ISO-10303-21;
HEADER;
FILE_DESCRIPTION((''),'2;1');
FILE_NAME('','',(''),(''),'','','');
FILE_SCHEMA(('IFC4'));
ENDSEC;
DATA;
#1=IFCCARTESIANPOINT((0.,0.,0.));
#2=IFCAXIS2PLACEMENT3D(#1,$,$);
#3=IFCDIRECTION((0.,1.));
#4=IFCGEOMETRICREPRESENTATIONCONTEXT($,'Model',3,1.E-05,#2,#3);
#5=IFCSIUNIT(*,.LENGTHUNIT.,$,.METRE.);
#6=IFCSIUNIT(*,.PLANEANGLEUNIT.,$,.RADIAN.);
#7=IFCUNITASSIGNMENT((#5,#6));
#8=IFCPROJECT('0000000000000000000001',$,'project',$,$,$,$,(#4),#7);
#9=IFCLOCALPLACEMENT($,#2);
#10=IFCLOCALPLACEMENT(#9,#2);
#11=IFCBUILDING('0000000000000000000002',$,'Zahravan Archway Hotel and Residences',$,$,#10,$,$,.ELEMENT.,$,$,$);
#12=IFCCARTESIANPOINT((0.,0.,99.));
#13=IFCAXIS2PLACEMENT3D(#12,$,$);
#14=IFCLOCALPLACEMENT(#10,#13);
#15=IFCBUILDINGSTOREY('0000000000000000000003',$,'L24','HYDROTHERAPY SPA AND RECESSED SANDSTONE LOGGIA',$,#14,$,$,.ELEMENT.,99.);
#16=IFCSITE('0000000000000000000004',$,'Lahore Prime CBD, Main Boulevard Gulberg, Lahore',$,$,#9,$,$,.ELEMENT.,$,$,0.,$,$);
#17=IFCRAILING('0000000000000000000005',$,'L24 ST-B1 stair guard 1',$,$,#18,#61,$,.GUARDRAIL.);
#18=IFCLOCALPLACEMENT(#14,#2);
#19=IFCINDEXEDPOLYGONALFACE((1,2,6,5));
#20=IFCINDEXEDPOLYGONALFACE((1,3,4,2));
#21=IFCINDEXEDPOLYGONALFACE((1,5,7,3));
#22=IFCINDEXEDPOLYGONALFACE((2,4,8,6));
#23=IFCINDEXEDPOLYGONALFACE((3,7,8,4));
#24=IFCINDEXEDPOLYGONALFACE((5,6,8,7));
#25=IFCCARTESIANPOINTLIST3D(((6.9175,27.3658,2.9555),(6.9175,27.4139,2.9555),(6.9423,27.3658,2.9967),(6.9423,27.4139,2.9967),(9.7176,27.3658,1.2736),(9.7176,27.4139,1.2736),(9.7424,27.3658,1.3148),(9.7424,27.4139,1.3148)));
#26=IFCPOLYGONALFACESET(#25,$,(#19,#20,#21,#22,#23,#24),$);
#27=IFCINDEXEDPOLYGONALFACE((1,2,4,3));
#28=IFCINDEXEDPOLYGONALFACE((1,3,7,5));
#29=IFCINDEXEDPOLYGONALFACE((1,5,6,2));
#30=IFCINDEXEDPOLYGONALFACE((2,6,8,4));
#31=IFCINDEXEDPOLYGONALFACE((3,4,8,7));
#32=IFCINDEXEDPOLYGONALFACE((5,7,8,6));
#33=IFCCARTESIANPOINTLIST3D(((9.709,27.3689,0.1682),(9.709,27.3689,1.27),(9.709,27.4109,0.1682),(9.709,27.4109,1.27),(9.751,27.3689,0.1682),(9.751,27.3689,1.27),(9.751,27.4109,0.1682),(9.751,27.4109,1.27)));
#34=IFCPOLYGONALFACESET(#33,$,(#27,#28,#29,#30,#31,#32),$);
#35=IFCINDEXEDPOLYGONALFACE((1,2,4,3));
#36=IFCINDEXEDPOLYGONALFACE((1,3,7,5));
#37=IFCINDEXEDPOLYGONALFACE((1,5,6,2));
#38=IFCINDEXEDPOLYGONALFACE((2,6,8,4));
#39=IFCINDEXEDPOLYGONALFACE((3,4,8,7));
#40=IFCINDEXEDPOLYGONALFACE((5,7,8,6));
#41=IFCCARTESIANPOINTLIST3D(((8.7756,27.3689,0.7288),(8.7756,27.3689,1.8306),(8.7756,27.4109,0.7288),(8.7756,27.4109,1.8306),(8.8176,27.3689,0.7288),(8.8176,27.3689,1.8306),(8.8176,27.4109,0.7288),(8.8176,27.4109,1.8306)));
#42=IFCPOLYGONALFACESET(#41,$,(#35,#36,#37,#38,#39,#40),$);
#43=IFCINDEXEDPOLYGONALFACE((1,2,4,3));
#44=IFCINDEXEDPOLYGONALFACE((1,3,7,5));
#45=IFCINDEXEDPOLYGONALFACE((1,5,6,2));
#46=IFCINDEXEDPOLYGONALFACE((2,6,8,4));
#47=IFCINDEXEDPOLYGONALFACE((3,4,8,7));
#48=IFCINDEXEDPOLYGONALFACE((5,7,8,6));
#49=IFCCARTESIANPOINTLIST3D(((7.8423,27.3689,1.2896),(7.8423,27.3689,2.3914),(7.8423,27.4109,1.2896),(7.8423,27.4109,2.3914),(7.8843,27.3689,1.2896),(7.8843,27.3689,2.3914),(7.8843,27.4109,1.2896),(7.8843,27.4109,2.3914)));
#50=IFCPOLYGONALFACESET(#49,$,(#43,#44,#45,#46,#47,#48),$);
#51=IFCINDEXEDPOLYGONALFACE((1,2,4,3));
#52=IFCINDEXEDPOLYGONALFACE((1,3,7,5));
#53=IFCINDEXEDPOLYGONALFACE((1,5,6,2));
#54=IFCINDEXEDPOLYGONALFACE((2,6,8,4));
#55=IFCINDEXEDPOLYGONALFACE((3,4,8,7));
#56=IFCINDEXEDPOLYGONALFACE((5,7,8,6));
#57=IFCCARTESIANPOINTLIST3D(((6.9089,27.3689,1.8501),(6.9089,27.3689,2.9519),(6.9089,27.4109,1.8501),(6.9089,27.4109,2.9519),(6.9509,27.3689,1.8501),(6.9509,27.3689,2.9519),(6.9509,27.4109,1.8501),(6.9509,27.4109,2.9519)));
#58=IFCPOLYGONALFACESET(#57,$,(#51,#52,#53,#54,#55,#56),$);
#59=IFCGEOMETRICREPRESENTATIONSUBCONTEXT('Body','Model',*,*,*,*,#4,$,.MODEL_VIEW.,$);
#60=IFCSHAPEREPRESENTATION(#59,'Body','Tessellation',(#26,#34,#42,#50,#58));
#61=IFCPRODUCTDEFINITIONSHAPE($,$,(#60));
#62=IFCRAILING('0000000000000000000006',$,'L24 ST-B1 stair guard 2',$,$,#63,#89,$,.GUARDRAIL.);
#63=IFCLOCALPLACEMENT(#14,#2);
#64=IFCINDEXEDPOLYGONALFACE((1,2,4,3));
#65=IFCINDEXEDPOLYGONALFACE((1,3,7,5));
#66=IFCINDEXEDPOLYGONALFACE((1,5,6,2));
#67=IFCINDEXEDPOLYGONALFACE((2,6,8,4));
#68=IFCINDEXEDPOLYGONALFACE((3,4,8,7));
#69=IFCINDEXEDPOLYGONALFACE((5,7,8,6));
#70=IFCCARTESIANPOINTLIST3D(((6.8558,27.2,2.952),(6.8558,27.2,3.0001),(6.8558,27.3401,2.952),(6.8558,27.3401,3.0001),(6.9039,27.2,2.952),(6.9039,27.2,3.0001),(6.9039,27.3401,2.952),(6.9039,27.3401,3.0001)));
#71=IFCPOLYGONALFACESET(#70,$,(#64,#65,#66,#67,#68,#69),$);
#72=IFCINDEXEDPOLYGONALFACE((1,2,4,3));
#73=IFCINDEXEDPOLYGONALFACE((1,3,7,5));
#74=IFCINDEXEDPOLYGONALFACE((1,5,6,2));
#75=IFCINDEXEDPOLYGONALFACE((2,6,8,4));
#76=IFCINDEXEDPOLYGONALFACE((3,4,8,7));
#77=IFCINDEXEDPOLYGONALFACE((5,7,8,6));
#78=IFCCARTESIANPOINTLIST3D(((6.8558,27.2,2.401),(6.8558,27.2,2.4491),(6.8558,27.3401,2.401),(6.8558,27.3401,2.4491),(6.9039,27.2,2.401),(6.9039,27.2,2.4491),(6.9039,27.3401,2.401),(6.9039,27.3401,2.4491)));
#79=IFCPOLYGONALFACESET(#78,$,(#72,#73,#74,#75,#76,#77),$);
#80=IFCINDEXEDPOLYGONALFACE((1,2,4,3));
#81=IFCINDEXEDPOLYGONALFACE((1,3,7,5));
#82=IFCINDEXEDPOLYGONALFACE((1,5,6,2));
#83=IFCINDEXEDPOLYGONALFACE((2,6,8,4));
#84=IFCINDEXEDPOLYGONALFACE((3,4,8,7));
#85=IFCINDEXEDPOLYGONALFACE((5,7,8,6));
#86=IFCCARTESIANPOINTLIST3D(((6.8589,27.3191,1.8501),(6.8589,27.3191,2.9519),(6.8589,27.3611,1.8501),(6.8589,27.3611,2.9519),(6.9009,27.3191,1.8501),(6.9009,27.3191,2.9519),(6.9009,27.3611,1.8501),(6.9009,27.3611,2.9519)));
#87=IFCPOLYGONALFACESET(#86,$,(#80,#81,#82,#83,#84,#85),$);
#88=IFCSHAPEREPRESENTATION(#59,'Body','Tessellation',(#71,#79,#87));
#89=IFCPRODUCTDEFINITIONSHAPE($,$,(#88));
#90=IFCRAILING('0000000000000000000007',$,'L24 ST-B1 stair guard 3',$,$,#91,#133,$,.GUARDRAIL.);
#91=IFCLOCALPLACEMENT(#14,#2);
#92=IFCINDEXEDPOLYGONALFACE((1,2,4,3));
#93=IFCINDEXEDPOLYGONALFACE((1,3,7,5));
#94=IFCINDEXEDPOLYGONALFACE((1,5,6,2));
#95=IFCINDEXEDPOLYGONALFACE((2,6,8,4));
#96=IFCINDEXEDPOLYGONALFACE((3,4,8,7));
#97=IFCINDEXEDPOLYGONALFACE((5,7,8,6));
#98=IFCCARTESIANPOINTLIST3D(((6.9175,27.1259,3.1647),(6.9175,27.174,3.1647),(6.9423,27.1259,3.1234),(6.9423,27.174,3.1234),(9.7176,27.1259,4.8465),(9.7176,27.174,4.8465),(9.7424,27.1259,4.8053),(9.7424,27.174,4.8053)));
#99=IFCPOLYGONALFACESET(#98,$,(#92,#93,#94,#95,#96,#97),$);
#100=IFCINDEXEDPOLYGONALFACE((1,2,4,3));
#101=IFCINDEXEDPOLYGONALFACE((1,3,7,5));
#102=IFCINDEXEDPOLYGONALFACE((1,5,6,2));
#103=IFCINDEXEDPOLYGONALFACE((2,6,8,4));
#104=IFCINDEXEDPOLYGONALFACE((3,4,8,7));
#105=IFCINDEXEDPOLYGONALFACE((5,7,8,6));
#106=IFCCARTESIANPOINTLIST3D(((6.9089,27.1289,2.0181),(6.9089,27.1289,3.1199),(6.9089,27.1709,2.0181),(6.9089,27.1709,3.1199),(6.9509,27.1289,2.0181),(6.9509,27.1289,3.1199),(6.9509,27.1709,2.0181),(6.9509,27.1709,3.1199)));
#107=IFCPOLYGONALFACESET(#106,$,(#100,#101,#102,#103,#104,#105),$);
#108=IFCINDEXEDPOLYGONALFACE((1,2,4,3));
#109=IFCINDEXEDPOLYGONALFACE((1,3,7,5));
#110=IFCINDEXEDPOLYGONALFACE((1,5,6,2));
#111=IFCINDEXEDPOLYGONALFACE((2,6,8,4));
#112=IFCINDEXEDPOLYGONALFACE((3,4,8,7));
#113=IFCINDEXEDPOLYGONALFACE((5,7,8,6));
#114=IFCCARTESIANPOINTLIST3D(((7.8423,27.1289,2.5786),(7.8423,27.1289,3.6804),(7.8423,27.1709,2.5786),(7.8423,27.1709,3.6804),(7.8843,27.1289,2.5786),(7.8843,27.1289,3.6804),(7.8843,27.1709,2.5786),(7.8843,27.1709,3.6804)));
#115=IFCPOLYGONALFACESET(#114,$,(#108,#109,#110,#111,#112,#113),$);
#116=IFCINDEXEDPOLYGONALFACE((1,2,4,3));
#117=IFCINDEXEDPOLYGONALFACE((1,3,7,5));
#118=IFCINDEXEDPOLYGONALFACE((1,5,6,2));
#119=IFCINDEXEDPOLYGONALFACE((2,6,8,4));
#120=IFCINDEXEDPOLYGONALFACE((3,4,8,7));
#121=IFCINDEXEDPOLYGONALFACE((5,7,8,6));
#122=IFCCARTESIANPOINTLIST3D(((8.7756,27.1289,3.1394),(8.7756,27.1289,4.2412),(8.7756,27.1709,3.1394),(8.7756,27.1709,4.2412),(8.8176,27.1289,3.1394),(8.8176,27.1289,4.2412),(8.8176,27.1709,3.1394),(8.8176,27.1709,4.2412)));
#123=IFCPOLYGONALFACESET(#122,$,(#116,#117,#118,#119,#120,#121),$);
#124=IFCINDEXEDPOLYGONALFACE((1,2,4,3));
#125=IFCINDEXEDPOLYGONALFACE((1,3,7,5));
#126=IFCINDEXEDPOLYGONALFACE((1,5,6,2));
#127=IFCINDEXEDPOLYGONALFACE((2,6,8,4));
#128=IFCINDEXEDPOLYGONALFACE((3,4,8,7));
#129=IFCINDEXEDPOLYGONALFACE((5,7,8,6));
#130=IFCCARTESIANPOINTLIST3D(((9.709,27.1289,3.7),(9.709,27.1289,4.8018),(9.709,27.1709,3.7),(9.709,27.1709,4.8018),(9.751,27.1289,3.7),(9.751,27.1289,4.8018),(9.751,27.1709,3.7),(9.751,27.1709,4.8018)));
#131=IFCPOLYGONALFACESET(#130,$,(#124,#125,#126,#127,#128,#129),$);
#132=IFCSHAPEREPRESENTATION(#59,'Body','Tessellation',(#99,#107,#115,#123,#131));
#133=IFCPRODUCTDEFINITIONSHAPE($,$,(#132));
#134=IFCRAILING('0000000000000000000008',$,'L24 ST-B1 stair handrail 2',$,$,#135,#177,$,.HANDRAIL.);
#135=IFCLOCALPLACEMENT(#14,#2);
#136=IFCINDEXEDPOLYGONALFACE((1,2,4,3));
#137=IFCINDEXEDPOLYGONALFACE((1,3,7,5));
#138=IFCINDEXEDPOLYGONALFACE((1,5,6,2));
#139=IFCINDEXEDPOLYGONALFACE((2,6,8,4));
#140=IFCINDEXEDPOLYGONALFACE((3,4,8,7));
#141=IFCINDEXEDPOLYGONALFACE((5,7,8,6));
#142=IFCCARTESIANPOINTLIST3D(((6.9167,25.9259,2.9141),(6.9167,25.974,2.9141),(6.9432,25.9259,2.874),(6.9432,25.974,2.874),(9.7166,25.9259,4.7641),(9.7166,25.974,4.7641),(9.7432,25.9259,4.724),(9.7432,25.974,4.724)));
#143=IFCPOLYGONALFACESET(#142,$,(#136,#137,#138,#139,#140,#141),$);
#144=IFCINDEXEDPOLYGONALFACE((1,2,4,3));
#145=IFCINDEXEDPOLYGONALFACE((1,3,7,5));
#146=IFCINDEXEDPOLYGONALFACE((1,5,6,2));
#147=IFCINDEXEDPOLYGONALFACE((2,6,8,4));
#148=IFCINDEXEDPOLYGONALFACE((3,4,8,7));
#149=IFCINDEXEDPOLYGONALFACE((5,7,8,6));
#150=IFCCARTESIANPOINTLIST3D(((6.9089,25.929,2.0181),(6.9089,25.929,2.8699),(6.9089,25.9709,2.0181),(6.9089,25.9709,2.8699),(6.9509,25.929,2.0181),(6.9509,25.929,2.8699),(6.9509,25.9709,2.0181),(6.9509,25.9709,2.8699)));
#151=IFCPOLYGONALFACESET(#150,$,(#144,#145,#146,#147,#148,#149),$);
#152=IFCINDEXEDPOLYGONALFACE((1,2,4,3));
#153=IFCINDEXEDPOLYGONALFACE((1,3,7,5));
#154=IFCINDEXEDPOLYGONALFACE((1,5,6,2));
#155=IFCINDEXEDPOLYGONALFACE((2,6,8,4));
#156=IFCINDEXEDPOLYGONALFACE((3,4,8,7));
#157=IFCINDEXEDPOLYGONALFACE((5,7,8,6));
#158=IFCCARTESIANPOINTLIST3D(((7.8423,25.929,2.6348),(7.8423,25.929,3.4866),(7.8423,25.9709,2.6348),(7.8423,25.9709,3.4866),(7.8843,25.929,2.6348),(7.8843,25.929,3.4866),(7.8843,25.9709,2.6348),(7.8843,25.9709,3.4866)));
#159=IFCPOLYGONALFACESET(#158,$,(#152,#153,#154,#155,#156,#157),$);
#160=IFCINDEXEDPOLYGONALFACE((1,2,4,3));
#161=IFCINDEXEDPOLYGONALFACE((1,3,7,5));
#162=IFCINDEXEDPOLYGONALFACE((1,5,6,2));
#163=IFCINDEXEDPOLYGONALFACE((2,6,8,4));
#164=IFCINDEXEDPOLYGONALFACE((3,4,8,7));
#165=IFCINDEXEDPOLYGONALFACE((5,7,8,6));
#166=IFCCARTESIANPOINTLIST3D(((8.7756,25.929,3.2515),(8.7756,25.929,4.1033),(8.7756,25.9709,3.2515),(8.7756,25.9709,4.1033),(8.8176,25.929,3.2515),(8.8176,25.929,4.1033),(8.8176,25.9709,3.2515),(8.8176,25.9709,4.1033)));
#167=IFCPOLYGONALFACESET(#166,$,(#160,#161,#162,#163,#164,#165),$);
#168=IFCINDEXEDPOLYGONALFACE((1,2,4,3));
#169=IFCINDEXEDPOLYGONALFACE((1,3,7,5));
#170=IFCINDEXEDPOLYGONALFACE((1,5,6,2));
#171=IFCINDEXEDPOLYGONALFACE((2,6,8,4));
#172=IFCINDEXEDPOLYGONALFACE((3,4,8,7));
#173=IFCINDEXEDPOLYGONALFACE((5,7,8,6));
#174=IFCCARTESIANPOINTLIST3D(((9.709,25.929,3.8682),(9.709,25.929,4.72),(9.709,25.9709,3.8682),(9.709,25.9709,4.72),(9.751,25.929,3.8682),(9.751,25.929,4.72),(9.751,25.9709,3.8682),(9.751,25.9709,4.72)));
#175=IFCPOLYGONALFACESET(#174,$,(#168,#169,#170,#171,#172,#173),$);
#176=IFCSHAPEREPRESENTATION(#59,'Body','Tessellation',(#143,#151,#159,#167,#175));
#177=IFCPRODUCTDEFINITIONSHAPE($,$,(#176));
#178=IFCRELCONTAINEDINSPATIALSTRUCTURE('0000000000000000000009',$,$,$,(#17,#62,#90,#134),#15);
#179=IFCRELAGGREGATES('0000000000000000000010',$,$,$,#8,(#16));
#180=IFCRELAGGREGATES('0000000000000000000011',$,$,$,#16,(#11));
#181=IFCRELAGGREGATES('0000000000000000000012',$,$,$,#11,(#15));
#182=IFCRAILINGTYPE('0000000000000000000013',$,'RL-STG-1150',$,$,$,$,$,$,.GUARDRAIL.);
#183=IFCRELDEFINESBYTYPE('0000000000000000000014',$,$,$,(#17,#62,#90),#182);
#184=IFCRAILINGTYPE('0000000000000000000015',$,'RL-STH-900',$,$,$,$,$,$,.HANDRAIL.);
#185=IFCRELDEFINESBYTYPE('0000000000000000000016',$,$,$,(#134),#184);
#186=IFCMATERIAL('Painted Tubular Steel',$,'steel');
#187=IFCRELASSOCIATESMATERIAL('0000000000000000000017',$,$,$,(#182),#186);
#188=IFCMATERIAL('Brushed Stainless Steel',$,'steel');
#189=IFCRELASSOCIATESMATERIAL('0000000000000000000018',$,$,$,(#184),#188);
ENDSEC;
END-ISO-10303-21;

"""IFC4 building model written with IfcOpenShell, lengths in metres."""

from ifc_helpers import new_model, si_unit, direction, frame, origin, origin_2d, place, context, subcontext, project, spatial, rectangle, extrude, material, type_object, element, save


model = new_model("IFC4")

# Units and contexts
model_context = context("Model", 3, precision=1e-05, world=origin(), true_north=direction((0.0, 1.0)))
body_context = subcontext(model_context, "Body", "Model", "MODEL_VIEW")
ifc_project = project(units=[si_unit("LENGTHUNIT", "METRE"), si_unit("PLANEANGLEUNIT", "RADIAN")], contexts=[model_context])

# Site, building, storey
site_placement = place(None, origin())
site = spatial("IfcSite", under=ifc_project, at=site_placement, Name="Lahore Prime CBD, Main Boulevard Gulberg, Lahore", CompositionType="ELEMENT", RefElevation=0.0)
building_placement = place(site_placement, origin())
building = spatial("IfcBuilding", under=site, at=building_placement, Name="Zahravan Archway Hotel and Residences", CompositionType="ELEMENT")
storey_placement = place(building_placement, frame((0.0, 0.0, 99.0)))
storey = spatial("IfcBuildingStorey", under=building, at=storey_placement, Name="L24", Description="HYDROTHERAPY SPA AND RECESSED SANDSTONE LOGGIA", CompositionType="ELEMENT", Elevation=99.0)

# Shared definitions
ifc_material_1 = material(Name="Brushed Stainless Steel", Category="steel")

# Railings
ifc_material_2 = material(Name="Painted Tubular Steel", Category="steel")
railing_type_1 = type_object("IfcRailingType", Name="RL-STG-1150", PredefinedType="GUARDRAIL", material=ifc_material_2)
railing_1_placement = place(storey_placement, frame((9.73, 27.3899, 0.1682)))
element("IfcRailing", 1, at=railing_1_placement, inside=storey, type_object=railing_type_1, Name="L24 ST-B1 stair guard 1", PredefinedType="GUARDRAIL", context=body_context, shape_type="SweptSolid", body=[
    extrude(rectangle(XDim=0.0481, YDim=0.0481, at=origin_2d()), frame((0.0, 0.0, 1.126), z_axis=(-0.857242, 0.0, 0.514913), x_axis=(0.0, -1.0, 0.0)), (0.0, 0.0, 1.0), 3.2664),
    extrude(rectangle(XDim=0.042, YDim=0.042, at=origin_2d()), origin(), (0.0, 0.0, 1.0), 1.1018),
    extrude(rectangle(XDim=0.042, YDim=0.042, at=origin_2d()), frame((-0.9333, 0.0, 0.5605)), (0.0, 0.0, 1.0), 1.1018),
    extrude(rectangle(XDim=0.042, YDim=0.042, at=origin_2d()), frame((-1.8667, 0.0, 1.1213)), (0.0, 0.0, 1.0), 1.1018),
    extrude(rectangle(XDim=0.042, YDim=0.042, at=origin_2d()), frame((-2.8, 0.0, 1.6819)), (0.0, 0.0, 1.0), 1.1018),
])
railing_2_placement = place(storey_placement, frame((6.8799, 27.3401, 1.8501)))
element("IfcRailing", 2, at=railing_2_placement, inside=storey, type_object=railing_type_1, Name="L24 ST-B1 stair guard 2", PredefinedType="GUARDRAIL", context=body_context, shape_type="SweptSolid", body=[
    extrude(rectangle(XDim=0.0481, YDim=0.0481, at=origin_2d()), frame((0.0, 0.0, 1.126), z_axis=(0.0, -1.0, 0.0), x_axis=(1.0, 0.0, 0.0)), (0.0, 0.0, 1.0), 0.1401),
    extrude(rectangle(XDim=0.0481, YDim=0.0481, at=origin_2d()), frame((0.0, 0.0, 0.575), z_axis=(0.0, -1.0, 0.0), x_axis=(1.0, 0.0, 0.0)), (0.0, 0.0, 1.0), 0.1401),
    extrude(rectangle(XDim=0.042, YDim=0.042, at=origin_2d()), origin(), (0.0, 0.0, 1.0), 1.1018),
])
railing_3_placement = place(storey_placement, frame((6.9299, 27.1499, 2.0181)))
element("IfcRailing", 3, at=railing_3_placement, inside=storey, type_object=railing_type_1, Name="L24 ST-B1 stair guard 3", PredefinedType="GUARDRAIL", context=body_context, shape_type="SweptSolid", body=[
    extrude(rectangle(XDim=0.0481, YDim=0.0481, at=origin_2d()), frame((0.0, 0.0, 1.126), z_axis=(0.857242, 0.0, 0.514913), x_axis=(0.0, 1.0, 0.0)), (0.0, 0.0, 1.0), 3.2664),
    extrude(rectangle(XDim=0.042, YDim=0.042, at=origin_2d()), origin(), (0.0, 0.0, 1.0), 1.1018),
    extrude(rectangle(XDim=0.042, YDim=0.042, at=origin_2d()), frame((0.9333, 0.0, 0.5605)), (0.0, 0.0, 1.0), 1.1018),
    extrude(rectangle(XDim=0.042, YDim=0.042, at=origin_2d()), frame((1.8667, 0.0, 1.1213)), (0.0, 0.0, 1.0), 1.1018),
    extrude(rectangle(XDim=0.042, YDim=0.042, at=origin_2d()), frame((2.8, 0.0, 1.6819)), (0.0, 0.0, 1.0), 1.1018),
])
railing_type_2 = type_object("IfcRailingType", Name="RL-STH-900", PredefinedType="HANDRAIL", material=ifc_material_1)
railing_4_placement = place(storey_placement, frame((6.9299, 25.95, 2.0181)))
element("IfcRailing", 4, at=railing_4_placement, inside=storey, type_object=railing_type_2, Name="L24 ST-B1 stair handrail 2", PredefinedType="HANDRAIL", context=body_context, shape_type="SweptSolid", body=[
    extrude(rectangle(XDim=0.0481, YDim=0.0481, at=origin_2d()), frame((0.0, 0.0, 0.876), z_axis=(0.834326, 0.0, 0.551271), x_axis=(0.0, 1.0, 0.0)), (0.0, 0.0, 1.0), 3.356),
    extrude(rectangle(XDim=0.042, YDim=0.042, at=origin_2d()), origin(), (0.0, 0.0, 1.0), 0.8518),
    extrude(rectangle(XDim=0.042, YDim=0.042, at=origin_2d()), frame((0.9333, 0.0, 0.6167)), (0.0, 0.0, 1.0), 0.8518),
    extrude(rectangle(XDim=0.042, YDim=0.042, at=origin_2d()), frame((1.8667, 0.0, 1.2334)), (0.0, 0.0, 1.0), 0.8518),
    extrude(rectangle(XDim=0.042, YDim=0.042, at=origin_2d()), frame((2.8, 0.0, 1.8501)), (0.0, 0.0, 1.0), 0.8518),
])

save(model, "model.ifc")
